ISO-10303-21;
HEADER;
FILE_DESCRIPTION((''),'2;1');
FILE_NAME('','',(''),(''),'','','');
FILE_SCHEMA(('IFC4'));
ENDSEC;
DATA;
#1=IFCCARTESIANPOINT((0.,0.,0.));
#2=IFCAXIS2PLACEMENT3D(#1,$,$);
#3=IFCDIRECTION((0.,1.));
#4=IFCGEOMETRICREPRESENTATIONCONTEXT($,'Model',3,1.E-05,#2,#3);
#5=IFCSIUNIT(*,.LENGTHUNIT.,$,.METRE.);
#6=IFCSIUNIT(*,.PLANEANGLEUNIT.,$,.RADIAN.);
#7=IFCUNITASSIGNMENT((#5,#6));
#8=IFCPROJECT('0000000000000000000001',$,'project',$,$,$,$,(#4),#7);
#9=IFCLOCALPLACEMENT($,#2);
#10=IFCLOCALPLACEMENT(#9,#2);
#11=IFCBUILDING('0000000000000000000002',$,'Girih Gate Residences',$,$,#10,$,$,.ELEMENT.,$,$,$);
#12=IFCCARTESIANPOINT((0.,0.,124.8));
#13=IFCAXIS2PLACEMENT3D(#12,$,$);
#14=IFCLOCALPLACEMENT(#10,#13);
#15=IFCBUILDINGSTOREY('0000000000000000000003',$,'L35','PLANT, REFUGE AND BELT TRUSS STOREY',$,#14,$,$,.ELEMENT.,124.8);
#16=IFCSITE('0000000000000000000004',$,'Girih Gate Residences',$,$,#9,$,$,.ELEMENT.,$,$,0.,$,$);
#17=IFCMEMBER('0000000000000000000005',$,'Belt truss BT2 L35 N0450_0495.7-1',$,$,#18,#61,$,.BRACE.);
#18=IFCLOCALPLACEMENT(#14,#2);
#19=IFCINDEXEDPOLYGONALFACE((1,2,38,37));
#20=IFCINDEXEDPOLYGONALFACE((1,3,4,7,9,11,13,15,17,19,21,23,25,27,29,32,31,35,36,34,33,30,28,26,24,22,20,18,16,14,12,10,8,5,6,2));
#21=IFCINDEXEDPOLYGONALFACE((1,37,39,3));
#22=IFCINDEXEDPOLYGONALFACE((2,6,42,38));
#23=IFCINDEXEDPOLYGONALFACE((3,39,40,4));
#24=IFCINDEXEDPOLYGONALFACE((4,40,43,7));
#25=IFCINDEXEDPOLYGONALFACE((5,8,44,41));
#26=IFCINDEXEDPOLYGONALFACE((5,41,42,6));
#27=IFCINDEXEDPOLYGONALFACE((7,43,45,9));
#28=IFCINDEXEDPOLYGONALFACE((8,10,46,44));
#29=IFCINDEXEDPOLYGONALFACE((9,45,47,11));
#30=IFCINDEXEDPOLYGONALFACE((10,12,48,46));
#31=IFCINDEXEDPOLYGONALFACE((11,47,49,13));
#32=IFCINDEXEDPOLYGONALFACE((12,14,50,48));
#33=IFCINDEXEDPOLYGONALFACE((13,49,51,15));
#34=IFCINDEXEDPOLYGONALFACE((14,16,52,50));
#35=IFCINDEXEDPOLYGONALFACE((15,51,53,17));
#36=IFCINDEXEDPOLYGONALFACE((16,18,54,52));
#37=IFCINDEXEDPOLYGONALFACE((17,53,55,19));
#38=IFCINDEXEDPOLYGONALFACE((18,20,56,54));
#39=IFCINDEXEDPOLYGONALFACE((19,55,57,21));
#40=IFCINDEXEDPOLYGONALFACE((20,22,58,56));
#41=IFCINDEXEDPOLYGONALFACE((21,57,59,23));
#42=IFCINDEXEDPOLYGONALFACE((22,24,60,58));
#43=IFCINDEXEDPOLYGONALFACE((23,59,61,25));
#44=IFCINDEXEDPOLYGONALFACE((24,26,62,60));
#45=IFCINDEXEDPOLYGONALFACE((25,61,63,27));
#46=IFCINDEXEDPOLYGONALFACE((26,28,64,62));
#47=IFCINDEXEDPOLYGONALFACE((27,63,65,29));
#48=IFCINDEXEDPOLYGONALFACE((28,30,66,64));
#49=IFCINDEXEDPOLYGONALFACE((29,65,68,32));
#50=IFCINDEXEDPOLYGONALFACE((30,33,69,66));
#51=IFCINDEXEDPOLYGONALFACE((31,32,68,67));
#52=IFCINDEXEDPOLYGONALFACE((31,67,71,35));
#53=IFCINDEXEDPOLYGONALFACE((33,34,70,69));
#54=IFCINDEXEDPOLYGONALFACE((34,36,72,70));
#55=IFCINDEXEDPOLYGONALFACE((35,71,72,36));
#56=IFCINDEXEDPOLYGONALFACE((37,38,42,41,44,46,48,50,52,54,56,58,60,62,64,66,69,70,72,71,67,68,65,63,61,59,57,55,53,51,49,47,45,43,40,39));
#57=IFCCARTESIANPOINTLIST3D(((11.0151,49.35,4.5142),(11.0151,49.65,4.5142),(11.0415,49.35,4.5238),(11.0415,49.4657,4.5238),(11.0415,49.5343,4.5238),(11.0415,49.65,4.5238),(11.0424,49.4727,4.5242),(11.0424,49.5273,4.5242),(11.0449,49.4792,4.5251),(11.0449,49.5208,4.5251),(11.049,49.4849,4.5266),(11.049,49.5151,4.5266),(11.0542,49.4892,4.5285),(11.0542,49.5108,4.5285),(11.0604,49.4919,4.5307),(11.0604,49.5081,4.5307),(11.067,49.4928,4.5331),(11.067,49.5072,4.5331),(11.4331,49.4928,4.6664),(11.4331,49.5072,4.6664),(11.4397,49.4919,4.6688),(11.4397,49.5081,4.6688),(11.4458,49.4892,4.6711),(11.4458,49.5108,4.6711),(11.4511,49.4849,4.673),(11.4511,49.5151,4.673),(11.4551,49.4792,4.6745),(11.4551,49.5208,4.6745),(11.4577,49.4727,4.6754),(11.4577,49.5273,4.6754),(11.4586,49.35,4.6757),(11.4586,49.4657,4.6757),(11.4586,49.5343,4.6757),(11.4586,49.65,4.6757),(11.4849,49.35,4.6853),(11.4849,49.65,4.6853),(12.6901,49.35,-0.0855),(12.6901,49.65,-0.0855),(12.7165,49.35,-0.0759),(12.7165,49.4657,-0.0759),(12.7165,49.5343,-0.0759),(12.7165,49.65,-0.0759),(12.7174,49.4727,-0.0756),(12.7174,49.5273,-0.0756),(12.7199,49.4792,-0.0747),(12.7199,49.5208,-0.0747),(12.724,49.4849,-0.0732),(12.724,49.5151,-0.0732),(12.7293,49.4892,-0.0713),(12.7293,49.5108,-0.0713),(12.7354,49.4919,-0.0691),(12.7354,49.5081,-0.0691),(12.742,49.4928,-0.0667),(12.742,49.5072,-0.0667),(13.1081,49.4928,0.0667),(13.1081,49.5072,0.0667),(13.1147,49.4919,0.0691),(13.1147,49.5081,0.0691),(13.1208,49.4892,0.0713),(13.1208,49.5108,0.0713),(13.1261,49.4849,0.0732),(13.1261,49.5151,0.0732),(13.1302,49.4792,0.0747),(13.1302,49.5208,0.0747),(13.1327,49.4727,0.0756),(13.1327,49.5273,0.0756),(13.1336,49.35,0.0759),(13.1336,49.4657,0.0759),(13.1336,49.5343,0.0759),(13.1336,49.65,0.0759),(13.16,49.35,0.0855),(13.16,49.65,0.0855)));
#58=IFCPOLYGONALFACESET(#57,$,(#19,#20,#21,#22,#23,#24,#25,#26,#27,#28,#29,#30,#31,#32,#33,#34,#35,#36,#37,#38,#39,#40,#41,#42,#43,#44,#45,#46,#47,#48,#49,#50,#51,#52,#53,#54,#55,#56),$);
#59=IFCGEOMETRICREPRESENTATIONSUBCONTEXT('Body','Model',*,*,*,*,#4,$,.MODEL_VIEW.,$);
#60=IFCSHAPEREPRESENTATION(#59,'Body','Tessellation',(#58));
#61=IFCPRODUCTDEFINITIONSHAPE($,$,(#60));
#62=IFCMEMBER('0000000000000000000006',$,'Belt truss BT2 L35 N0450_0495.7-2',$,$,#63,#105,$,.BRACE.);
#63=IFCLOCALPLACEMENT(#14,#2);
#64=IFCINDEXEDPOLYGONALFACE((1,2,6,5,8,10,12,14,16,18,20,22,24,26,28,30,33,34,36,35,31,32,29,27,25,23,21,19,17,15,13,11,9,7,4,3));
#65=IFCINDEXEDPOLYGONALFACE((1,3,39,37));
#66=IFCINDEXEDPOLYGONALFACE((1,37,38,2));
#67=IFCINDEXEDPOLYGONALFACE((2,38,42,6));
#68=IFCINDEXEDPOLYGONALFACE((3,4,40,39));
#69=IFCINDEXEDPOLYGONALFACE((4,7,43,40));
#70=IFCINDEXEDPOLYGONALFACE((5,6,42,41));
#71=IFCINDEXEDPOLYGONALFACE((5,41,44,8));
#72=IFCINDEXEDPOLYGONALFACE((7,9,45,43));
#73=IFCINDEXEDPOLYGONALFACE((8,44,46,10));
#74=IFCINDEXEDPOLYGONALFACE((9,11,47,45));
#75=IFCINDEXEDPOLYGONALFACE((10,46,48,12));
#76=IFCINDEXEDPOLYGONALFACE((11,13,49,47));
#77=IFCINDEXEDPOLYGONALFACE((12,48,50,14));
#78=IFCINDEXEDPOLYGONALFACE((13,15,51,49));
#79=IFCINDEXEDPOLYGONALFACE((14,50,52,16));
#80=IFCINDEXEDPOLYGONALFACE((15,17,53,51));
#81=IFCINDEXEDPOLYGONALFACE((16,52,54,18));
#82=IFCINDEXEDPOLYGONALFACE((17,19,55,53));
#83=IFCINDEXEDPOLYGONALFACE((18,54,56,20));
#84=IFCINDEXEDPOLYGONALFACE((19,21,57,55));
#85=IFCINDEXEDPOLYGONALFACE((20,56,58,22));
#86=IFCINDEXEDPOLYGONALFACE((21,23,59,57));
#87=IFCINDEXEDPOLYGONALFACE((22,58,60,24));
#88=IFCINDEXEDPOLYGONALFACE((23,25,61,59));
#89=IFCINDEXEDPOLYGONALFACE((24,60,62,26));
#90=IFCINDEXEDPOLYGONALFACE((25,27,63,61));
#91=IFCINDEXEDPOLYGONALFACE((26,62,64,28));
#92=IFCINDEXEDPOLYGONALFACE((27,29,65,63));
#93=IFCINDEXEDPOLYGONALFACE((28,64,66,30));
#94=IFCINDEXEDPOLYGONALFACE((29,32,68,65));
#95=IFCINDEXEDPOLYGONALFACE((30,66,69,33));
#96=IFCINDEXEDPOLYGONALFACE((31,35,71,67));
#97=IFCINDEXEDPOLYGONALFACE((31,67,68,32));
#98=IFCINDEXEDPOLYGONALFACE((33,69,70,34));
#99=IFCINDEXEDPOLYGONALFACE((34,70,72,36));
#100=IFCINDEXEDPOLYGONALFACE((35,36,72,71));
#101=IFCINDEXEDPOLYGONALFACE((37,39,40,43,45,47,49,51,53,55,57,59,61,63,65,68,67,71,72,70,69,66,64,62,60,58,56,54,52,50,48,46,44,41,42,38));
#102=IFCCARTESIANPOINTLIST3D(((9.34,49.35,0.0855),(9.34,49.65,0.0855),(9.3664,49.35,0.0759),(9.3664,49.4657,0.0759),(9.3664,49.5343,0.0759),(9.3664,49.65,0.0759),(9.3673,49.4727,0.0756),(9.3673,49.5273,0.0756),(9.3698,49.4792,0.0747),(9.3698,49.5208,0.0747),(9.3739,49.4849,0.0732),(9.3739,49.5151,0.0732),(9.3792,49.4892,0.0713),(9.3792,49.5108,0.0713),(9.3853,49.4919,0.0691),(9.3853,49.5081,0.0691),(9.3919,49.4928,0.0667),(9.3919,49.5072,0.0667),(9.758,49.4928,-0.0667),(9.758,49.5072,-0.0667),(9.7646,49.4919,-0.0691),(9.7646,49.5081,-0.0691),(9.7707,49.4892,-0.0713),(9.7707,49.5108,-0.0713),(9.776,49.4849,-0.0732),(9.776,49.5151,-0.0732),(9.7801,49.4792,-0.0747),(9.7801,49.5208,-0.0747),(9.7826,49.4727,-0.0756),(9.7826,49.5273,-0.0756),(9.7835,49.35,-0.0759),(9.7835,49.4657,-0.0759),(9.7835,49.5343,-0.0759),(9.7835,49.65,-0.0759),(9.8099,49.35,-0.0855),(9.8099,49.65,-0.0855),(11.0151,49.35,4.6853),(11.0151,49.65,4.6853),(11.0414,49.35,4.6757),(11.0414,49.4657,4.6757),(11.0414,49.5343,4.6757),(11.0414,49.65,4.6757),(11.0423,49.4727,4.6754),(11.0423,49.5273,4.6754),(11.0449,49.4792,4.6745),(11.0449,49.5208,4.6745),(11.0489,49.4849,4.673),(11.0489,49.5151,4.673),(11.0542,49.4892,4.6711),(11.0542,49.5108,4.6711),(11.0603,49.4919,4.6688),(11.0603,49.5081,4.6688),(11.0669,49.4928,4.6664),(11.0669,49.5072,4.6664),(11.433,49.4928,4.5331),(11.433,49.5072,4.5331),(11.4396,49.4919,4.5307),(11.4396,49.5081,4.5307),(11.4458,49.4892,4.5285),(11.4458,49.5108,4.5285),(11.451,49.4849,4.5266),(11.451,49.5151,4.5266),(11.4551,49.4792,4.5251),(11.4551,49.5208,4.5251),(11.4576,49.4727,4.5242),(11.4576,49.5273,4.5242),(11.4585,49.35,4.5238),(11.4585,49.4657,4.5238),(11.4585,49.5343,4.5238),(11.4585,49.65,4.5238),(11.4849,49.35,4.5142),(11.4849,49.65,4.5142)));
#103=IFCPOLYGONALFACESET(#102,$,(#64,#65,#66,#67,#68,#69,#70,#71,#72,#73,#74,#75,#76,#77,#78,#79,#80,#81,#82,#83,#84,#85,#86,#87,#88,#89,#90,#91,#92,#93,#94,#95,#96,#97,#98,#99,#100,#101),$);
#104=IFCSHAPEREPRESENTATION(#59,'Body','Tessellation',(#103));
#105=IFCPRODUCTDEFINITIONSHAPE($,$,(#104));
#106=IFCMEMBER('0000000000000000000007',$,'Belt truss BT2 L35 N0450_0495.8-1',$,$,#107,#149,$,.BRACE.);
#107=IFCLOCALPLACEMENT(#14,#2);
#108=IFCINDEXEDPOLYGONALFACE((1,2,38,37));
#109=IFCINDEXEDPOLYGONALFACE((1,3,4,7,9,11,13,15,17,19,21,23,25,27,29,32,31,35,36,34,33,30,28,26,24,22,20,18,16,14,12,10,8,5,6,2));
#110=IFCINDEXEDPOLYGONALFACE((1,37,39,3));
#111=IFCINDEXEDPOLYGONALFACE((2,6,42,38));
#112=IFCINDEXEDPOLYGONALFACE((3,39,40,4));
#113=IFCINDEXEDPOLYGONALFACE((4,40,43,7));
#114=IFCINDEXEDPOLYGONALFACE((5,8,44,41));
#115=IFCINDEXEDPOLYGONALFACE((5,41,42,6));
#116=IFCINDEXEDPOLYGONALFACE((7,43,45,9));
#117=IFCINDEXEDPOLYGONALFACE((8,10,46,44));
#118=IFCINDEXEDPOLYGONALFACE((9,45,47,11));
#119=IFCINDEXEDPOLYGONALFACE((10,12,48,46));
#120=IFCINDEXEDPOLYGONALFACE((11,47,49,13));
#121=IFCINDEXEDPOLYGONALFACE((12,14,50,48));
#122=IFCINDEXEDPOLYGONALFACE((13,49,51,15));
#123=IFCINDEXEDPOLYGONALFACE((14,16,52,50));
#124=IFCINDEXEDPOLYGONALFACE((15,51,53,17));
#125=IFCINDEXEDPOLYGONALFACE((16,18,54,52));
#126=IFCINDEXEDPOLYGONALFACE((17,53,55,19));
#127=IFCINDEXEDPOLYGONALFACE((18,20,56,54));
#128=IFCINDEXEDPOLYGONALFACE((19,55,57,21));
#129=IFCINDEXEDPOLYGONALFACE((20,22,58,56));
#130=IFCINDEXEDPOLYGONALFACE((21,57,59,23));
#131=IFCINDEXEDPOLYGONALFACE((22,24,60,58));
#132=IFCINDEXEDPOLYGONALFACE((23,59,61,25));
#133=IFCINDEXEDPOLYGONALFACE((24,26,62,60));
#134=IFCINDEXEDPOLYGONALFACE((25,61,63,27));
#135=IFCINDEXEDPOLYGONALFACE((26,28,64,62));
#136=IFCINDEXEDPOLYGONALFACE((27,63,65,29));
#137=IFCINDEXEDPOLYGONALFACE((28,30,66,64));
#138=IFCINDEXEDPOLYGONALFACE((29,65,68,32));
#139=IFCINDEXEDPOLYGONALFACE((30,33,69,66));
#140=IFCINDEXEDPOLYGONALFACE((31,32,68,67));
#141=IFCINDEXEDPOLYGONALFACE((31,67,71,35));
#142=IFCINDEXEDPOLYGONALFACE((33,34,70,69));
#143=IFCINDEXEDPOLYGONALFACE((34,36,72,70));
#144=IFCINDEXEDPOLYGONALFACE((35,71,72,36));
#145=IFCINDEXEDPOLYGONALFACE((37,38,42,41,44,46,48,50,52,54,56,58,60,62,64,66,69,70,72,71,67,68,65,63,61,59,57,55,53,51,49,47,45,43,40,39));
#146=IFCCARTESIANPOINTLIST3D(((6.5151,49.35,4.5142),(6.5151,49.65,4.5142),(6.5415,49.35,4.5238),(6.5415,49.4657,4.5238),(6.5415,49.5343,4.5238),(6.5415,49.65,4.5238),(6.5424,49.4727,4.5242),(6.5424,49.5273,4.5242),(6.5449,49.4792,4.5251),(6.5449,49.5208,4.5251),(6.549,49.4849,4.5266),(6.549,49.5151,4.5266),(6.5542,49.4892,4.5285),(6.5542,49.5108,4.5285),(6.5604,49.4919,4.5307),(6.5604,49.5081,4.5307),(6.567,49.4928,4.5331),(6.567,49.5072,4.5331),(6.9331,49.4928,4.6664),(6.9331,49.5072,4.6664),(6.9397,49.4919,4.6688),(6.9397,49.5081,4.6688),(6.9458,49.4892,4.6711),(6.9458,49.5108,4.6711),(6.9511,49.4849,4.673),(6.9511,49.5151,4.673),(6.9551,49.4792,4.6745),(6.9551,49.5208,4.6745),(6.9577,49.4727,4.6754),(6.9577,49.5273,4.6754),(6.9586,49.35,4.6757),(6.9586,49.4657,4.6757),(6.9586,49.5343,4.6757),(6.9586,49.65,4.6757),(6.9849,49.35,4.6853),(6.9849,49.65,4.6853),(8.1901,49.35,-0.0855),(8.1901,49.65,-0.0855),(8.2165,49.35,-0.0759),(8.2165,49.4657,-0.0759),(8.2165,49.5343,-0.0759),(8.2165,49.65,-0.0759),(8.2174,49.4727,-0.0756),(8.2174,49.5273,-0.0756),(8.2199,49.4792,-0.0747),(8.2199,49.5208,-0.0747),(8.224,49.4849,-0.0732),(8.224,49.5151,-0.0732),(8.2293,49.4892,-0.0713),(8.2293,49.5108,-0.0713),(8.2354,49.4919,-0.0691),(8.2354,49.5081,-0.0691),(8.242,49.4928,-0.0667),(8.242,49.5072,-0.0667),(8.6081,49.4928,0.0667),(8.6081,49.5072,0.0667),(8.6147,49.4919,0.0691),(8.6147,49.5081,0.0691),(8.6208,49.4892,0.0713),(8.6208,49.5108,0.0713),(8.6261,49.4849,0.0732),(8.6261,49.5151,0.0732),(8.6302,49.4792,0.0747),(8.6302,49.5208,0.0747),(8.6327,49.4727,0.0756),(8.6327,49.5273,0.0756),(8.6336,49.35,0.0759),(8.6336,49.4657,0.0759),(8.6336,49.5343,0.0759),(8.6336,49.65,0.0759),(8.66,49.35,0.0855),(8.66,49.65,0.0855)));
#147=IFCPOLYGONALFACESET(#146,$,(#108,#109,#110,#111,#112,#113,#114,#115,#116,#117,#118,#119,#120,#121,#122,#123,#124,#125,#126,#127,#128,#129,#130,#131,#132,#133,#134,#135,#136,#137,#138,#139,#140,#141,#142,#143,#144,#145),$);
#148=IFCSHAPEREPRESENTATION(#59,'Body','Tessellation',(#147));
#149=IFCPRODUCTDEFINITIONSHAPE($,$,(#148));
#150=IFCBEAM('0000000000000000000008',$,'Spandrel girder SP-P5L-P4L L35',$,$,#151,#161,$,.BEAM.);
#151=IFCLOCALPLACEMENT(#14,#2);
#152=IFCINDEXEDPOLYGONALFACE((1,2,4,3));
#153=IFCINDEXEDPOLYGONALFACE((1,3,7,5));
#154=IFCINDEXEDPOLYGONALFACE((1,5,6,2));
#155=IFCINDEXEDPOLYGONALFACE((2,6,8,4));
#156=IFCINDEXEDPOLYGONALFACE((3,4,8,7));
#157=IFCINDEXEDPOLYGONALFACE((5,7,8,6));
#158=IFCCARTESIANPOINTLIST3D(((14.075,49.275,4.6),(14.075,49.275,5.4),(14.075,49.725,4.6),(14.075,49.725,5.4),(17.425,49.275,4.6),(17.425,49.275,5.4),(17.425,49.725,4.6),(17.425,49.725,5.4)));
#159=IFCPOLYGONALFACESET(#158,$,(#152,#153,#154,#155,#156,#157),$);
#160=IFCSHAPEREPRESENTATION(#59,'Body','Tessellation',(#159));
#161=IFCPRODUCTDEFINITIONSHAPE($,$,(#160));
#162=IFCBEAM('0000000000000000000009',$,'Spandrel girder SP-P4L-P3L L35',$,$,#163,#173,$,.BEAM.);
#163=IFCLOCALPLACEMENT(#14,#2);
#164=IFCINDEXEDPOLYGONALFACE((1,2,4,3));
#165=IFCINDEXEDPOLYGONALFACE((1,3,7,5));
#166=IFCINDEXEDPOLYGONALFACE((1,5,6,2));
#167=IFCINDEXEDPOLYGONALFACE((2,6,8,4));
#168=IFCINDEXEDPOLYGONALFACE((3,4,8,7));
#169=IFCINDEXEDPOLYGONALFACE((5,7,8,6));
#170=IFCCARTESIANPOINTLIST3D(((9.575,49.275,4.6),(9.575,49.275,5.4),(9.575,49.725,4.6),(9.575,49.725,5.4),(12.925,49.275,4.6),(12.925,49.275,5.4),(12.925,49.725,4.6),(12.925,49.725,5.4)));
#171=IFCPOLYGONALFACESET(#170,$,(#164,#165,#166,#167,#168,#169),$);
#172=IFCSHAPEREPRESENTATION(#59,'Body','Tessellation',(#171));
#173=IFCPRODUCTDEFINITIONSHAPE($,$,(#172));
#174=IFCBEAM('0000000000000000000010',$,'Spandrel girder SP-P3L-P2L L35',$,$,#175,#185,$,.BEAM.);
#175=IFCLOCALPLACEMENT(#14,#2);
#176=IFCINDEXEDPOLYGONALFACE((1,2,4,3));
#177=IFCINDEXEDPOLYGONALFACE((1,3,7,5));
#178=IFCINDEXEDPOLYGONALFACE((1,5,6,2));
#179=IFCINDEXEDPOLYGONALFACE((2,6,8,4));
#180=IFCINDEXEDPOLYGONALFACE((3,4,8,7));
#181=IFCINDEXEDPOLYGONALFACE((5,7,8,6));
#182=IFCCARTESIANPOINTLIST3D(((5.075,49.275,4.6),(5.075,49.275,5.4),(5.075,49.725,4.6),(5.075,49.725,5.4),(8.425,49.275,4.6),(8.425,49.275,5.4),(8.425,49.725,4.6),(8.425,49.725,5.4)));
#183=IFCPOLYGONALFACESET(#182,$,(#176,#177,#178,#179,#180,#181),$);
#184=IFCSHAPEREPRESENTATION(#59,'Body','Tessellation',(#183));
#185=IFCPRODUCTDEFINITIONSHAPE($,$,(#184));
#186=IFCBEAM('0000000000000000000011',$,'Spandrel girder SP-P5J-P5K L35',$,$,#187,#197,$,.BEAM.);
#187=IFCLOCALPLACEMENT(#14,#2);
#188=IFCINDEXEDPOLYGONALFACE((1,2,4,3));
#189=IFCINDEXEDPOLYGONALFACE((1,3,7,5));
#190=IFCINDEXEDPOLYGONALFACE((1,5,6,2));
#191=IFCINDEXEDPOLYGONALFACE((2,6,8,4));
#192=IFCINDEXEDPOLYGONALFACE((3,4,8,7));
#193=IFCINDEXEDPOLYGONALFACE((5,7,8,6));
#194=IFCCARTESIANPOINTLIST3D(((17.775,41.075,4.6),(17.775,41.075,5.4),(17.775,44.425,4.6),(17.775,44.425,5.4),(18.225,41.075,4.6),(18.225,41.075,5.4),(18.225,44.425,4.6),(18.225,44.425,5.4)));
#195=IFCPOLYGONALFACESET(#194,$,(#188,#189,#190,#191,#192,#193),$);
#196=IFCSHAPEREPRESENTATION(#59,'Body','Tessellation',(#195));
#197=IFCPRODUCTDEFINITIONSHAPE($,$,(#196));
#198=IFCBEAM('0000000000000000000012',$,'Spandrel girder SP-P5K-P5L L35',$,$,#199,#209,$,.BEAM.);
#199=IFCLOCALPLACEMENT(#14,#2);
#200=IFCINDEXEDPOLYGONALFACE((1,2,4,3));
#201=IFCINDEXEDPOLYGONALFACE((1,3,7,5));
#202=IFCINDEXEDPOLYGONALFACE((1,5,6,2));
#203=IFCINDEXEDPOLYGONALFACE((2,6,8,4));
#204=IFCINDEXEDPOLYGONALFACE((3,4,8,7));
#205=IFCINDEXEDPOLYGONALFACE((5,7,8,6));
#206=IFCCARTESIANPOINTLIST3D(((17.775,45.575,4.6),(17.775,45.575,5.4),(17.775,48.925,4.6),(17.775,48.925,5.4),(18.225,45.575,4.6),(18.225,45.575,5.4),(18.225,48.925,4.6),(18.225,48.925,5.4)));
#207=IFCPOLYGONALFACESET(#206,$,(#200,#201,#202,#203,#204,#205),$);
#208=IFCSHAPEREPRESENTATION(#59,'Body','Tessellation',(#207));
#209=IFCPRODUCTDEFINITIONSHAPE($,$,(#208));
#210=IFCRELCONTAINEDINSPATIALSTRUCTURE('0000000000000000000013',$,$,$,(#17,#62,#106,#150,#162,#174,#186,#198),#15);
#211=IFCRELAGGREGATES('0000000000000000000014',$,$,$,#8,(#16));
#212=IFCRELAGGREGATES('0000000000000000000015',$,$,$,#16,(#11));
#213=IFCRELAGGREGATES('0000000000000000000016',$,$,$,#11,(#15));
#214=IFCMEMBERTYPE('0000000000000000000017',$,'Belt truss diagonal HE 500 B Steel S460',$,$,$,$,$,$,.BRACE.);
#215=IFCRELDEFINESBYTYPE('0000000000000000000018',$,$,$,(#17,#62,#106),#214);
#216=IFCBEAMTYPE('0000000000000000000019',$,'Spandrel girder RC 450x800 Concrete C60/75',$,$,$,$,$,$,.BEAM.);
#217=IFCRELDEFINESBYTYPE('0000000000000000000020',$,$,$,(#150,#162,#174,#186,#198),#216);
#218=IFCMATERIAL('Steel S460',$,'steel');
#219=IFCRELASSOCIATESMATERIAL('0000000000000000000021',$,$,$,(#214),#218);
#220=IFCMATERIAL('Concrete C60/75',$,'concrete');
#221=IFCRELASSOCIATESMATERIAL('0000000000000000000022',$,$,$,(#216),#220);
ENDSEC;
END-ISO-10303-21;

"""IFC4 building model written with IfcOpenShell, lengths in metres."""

from ifc_helpers import new_model, si_unit, direction, frame, origin, origin_2d, place, context, subcontext, project, spatial, rectangle, i_section, extrude, material, material_profile, profile_set, type_object, element, save


model = new_model("IFC4")

# Units and contexts
model_context = context("Model", 3, precision=1e-05, world=origin(), true_north=direction((0.0, 1.0)))
body_context = subcontext(model_context, "Body", "Model", "MODEL_VIEW")
ifc_project = project(units=[si_unit("LENGTHUNIT", "METRE"), si_unit("PLANEANGLEUNIT", "RADIAN")], contexts=[model_context])

# Site, building, storey
site_placement = place(None, origin())
site = spatial("IfcSite", under=ifc_project, at=site_placement, Name="Girih Gate Residences", CompositionType="ELEMENT", RefElevation=0.0)
building_placement = place(site_placement, origin())
building = spatial("IfcBuilding", under=site, at=building_placement, Name="Girih Gate Residences", CompositionType="ELEMENT")
storey_placement = place(building_placement, frame((0.0, 0.0, 124.8)))
storey = spatial("IfcBuildingStorey", under=building, at=storey_placement, Name="L35", Description="PLANT, REFUGE AND BELT TRUSS STOREY", CompositionType="ELEMENT", Elevation=124.8)

# Members
ifc_material_1 = material(Name="Steel S460", Category="steel")
ifc_material_profile_1 = material_profile(ifc_material_1, i_section(OverallWidth=0.3, OverallDepth=0.5, WebThickness=0.0144, FlangeThickness=0.0281, FilletRadius=0.0271, at=origin_2d()))
ifc_profile_set_1 = profile_set([ifc_material_profile_1], Name="Steel S460")
member_type = type_object("IfcMemberType", Name="Belt truss diagonal HE 500 B Steel S460", PredefinedType="BRACE", material=ifc_profile_set_1)
for number, where, z_axis, x_axis, name in (
    (1, (12.925, 49.5, 0.0), (-0.342171, 0.0, 0.939638), (0.0, -1.0, 0.0), "Belt truss BT2 L35 N0450_0495.7-1"),
    (2, (9.575, 49.5, 0.0), (0.342171, 0.0, 0.939638), (0.0, 1.0, 0.0), "Belt truss BT2 L35 N0450_0495.7-2"),
    (3, (8.425, 49.5, 0.0), (-0.342171, 0.0, 0.939638), (0.0, -1.0, 0.0), "Belt truss BT2 L35 N0450_0495.8-1"),
):
    element("IfcMember", number, at=place(storey_placement, frame(where, z_axis=z_axis, x_axis=x_axis)), inside=storey, type_object=member_type, Name=name, PredefinedType="BRACE", context=body_context, shape_type="SweptSolid", body=[
        extrude(i_section(OverallWidth=0.3, OverallDepth=0.5, WebThickness=0.0144, FlangeThickness=0.0281, FilletRadius=0.0271, at=origin_2d()), origin(), (0.0, 0.0, 1.0), 4.8953),
    ])

# Beams
ifc_material_2 = material(Name="Concrete C60/75", Category="concrete")
ifc_material_profile_2 = material_profile(ifc_material_2, rectangle(XDim=0.45, YDim=0.8, at=origin_2d()))
ifc_profile_set_2 = profile_set([ifc_material_profile_2], Name="Concrete C60/75")
beam_type = type_object("IfcBeamType", Name="Spandrel girder RC 450x800 Concrete C60/75", PredefinedType="BEAM", material=ifc_profile_set_2)
for number, where, z_axis, x_axis, name in (
    (4, (17.425, 49.5, 5.0), (-1.0, 0.0, 0.0), (0.0, -1.0, 0.0), "Spandrel girder SP-P5L-P4L L35"),
    (5, (12.925, 49.5, 5.0), (-1.0, 0.0, 0.0), (0.0, -1.0, 0.0), "Spandrel girder SP-P4L-P3L L35"),
    (6, (8.425, 49.5, 5.0), (-1.0, 0.0, 0.0), (0.0, -1.0, 0.0), "Spandrel girder SP-P3L-P2L L35"),
    (7, (18.0, 41.075, 5.0), (0.0, 1.0, 0.0), (-1.0, 0.0, 0.0), "Spandrel girder SP-P5J-P5K L35"),
    (8, (18.0, 45.575, 5.0), (0.0, 1.0, 0.0), (-1.0, 0.0, 0.0), "Spandrel girder SP-P5K-P5L L35"),
):
    element("IfcBeam", number, at=place(storey_placement, frame(where, z_axis=z_axis, x_axis=x_axis)), inside=storey, type_object=beam_type, Name=name, PredefinedType="BEAM", context=body_context, shape_type="SweptSolid", body=[
        extrude(rectangle(XDim=0.45, YDim=0.8, at=origin_2d()), origin(), (0.0, 0.0, 1.0), 3.3501),
    ])

save(model, "model.ifc")
